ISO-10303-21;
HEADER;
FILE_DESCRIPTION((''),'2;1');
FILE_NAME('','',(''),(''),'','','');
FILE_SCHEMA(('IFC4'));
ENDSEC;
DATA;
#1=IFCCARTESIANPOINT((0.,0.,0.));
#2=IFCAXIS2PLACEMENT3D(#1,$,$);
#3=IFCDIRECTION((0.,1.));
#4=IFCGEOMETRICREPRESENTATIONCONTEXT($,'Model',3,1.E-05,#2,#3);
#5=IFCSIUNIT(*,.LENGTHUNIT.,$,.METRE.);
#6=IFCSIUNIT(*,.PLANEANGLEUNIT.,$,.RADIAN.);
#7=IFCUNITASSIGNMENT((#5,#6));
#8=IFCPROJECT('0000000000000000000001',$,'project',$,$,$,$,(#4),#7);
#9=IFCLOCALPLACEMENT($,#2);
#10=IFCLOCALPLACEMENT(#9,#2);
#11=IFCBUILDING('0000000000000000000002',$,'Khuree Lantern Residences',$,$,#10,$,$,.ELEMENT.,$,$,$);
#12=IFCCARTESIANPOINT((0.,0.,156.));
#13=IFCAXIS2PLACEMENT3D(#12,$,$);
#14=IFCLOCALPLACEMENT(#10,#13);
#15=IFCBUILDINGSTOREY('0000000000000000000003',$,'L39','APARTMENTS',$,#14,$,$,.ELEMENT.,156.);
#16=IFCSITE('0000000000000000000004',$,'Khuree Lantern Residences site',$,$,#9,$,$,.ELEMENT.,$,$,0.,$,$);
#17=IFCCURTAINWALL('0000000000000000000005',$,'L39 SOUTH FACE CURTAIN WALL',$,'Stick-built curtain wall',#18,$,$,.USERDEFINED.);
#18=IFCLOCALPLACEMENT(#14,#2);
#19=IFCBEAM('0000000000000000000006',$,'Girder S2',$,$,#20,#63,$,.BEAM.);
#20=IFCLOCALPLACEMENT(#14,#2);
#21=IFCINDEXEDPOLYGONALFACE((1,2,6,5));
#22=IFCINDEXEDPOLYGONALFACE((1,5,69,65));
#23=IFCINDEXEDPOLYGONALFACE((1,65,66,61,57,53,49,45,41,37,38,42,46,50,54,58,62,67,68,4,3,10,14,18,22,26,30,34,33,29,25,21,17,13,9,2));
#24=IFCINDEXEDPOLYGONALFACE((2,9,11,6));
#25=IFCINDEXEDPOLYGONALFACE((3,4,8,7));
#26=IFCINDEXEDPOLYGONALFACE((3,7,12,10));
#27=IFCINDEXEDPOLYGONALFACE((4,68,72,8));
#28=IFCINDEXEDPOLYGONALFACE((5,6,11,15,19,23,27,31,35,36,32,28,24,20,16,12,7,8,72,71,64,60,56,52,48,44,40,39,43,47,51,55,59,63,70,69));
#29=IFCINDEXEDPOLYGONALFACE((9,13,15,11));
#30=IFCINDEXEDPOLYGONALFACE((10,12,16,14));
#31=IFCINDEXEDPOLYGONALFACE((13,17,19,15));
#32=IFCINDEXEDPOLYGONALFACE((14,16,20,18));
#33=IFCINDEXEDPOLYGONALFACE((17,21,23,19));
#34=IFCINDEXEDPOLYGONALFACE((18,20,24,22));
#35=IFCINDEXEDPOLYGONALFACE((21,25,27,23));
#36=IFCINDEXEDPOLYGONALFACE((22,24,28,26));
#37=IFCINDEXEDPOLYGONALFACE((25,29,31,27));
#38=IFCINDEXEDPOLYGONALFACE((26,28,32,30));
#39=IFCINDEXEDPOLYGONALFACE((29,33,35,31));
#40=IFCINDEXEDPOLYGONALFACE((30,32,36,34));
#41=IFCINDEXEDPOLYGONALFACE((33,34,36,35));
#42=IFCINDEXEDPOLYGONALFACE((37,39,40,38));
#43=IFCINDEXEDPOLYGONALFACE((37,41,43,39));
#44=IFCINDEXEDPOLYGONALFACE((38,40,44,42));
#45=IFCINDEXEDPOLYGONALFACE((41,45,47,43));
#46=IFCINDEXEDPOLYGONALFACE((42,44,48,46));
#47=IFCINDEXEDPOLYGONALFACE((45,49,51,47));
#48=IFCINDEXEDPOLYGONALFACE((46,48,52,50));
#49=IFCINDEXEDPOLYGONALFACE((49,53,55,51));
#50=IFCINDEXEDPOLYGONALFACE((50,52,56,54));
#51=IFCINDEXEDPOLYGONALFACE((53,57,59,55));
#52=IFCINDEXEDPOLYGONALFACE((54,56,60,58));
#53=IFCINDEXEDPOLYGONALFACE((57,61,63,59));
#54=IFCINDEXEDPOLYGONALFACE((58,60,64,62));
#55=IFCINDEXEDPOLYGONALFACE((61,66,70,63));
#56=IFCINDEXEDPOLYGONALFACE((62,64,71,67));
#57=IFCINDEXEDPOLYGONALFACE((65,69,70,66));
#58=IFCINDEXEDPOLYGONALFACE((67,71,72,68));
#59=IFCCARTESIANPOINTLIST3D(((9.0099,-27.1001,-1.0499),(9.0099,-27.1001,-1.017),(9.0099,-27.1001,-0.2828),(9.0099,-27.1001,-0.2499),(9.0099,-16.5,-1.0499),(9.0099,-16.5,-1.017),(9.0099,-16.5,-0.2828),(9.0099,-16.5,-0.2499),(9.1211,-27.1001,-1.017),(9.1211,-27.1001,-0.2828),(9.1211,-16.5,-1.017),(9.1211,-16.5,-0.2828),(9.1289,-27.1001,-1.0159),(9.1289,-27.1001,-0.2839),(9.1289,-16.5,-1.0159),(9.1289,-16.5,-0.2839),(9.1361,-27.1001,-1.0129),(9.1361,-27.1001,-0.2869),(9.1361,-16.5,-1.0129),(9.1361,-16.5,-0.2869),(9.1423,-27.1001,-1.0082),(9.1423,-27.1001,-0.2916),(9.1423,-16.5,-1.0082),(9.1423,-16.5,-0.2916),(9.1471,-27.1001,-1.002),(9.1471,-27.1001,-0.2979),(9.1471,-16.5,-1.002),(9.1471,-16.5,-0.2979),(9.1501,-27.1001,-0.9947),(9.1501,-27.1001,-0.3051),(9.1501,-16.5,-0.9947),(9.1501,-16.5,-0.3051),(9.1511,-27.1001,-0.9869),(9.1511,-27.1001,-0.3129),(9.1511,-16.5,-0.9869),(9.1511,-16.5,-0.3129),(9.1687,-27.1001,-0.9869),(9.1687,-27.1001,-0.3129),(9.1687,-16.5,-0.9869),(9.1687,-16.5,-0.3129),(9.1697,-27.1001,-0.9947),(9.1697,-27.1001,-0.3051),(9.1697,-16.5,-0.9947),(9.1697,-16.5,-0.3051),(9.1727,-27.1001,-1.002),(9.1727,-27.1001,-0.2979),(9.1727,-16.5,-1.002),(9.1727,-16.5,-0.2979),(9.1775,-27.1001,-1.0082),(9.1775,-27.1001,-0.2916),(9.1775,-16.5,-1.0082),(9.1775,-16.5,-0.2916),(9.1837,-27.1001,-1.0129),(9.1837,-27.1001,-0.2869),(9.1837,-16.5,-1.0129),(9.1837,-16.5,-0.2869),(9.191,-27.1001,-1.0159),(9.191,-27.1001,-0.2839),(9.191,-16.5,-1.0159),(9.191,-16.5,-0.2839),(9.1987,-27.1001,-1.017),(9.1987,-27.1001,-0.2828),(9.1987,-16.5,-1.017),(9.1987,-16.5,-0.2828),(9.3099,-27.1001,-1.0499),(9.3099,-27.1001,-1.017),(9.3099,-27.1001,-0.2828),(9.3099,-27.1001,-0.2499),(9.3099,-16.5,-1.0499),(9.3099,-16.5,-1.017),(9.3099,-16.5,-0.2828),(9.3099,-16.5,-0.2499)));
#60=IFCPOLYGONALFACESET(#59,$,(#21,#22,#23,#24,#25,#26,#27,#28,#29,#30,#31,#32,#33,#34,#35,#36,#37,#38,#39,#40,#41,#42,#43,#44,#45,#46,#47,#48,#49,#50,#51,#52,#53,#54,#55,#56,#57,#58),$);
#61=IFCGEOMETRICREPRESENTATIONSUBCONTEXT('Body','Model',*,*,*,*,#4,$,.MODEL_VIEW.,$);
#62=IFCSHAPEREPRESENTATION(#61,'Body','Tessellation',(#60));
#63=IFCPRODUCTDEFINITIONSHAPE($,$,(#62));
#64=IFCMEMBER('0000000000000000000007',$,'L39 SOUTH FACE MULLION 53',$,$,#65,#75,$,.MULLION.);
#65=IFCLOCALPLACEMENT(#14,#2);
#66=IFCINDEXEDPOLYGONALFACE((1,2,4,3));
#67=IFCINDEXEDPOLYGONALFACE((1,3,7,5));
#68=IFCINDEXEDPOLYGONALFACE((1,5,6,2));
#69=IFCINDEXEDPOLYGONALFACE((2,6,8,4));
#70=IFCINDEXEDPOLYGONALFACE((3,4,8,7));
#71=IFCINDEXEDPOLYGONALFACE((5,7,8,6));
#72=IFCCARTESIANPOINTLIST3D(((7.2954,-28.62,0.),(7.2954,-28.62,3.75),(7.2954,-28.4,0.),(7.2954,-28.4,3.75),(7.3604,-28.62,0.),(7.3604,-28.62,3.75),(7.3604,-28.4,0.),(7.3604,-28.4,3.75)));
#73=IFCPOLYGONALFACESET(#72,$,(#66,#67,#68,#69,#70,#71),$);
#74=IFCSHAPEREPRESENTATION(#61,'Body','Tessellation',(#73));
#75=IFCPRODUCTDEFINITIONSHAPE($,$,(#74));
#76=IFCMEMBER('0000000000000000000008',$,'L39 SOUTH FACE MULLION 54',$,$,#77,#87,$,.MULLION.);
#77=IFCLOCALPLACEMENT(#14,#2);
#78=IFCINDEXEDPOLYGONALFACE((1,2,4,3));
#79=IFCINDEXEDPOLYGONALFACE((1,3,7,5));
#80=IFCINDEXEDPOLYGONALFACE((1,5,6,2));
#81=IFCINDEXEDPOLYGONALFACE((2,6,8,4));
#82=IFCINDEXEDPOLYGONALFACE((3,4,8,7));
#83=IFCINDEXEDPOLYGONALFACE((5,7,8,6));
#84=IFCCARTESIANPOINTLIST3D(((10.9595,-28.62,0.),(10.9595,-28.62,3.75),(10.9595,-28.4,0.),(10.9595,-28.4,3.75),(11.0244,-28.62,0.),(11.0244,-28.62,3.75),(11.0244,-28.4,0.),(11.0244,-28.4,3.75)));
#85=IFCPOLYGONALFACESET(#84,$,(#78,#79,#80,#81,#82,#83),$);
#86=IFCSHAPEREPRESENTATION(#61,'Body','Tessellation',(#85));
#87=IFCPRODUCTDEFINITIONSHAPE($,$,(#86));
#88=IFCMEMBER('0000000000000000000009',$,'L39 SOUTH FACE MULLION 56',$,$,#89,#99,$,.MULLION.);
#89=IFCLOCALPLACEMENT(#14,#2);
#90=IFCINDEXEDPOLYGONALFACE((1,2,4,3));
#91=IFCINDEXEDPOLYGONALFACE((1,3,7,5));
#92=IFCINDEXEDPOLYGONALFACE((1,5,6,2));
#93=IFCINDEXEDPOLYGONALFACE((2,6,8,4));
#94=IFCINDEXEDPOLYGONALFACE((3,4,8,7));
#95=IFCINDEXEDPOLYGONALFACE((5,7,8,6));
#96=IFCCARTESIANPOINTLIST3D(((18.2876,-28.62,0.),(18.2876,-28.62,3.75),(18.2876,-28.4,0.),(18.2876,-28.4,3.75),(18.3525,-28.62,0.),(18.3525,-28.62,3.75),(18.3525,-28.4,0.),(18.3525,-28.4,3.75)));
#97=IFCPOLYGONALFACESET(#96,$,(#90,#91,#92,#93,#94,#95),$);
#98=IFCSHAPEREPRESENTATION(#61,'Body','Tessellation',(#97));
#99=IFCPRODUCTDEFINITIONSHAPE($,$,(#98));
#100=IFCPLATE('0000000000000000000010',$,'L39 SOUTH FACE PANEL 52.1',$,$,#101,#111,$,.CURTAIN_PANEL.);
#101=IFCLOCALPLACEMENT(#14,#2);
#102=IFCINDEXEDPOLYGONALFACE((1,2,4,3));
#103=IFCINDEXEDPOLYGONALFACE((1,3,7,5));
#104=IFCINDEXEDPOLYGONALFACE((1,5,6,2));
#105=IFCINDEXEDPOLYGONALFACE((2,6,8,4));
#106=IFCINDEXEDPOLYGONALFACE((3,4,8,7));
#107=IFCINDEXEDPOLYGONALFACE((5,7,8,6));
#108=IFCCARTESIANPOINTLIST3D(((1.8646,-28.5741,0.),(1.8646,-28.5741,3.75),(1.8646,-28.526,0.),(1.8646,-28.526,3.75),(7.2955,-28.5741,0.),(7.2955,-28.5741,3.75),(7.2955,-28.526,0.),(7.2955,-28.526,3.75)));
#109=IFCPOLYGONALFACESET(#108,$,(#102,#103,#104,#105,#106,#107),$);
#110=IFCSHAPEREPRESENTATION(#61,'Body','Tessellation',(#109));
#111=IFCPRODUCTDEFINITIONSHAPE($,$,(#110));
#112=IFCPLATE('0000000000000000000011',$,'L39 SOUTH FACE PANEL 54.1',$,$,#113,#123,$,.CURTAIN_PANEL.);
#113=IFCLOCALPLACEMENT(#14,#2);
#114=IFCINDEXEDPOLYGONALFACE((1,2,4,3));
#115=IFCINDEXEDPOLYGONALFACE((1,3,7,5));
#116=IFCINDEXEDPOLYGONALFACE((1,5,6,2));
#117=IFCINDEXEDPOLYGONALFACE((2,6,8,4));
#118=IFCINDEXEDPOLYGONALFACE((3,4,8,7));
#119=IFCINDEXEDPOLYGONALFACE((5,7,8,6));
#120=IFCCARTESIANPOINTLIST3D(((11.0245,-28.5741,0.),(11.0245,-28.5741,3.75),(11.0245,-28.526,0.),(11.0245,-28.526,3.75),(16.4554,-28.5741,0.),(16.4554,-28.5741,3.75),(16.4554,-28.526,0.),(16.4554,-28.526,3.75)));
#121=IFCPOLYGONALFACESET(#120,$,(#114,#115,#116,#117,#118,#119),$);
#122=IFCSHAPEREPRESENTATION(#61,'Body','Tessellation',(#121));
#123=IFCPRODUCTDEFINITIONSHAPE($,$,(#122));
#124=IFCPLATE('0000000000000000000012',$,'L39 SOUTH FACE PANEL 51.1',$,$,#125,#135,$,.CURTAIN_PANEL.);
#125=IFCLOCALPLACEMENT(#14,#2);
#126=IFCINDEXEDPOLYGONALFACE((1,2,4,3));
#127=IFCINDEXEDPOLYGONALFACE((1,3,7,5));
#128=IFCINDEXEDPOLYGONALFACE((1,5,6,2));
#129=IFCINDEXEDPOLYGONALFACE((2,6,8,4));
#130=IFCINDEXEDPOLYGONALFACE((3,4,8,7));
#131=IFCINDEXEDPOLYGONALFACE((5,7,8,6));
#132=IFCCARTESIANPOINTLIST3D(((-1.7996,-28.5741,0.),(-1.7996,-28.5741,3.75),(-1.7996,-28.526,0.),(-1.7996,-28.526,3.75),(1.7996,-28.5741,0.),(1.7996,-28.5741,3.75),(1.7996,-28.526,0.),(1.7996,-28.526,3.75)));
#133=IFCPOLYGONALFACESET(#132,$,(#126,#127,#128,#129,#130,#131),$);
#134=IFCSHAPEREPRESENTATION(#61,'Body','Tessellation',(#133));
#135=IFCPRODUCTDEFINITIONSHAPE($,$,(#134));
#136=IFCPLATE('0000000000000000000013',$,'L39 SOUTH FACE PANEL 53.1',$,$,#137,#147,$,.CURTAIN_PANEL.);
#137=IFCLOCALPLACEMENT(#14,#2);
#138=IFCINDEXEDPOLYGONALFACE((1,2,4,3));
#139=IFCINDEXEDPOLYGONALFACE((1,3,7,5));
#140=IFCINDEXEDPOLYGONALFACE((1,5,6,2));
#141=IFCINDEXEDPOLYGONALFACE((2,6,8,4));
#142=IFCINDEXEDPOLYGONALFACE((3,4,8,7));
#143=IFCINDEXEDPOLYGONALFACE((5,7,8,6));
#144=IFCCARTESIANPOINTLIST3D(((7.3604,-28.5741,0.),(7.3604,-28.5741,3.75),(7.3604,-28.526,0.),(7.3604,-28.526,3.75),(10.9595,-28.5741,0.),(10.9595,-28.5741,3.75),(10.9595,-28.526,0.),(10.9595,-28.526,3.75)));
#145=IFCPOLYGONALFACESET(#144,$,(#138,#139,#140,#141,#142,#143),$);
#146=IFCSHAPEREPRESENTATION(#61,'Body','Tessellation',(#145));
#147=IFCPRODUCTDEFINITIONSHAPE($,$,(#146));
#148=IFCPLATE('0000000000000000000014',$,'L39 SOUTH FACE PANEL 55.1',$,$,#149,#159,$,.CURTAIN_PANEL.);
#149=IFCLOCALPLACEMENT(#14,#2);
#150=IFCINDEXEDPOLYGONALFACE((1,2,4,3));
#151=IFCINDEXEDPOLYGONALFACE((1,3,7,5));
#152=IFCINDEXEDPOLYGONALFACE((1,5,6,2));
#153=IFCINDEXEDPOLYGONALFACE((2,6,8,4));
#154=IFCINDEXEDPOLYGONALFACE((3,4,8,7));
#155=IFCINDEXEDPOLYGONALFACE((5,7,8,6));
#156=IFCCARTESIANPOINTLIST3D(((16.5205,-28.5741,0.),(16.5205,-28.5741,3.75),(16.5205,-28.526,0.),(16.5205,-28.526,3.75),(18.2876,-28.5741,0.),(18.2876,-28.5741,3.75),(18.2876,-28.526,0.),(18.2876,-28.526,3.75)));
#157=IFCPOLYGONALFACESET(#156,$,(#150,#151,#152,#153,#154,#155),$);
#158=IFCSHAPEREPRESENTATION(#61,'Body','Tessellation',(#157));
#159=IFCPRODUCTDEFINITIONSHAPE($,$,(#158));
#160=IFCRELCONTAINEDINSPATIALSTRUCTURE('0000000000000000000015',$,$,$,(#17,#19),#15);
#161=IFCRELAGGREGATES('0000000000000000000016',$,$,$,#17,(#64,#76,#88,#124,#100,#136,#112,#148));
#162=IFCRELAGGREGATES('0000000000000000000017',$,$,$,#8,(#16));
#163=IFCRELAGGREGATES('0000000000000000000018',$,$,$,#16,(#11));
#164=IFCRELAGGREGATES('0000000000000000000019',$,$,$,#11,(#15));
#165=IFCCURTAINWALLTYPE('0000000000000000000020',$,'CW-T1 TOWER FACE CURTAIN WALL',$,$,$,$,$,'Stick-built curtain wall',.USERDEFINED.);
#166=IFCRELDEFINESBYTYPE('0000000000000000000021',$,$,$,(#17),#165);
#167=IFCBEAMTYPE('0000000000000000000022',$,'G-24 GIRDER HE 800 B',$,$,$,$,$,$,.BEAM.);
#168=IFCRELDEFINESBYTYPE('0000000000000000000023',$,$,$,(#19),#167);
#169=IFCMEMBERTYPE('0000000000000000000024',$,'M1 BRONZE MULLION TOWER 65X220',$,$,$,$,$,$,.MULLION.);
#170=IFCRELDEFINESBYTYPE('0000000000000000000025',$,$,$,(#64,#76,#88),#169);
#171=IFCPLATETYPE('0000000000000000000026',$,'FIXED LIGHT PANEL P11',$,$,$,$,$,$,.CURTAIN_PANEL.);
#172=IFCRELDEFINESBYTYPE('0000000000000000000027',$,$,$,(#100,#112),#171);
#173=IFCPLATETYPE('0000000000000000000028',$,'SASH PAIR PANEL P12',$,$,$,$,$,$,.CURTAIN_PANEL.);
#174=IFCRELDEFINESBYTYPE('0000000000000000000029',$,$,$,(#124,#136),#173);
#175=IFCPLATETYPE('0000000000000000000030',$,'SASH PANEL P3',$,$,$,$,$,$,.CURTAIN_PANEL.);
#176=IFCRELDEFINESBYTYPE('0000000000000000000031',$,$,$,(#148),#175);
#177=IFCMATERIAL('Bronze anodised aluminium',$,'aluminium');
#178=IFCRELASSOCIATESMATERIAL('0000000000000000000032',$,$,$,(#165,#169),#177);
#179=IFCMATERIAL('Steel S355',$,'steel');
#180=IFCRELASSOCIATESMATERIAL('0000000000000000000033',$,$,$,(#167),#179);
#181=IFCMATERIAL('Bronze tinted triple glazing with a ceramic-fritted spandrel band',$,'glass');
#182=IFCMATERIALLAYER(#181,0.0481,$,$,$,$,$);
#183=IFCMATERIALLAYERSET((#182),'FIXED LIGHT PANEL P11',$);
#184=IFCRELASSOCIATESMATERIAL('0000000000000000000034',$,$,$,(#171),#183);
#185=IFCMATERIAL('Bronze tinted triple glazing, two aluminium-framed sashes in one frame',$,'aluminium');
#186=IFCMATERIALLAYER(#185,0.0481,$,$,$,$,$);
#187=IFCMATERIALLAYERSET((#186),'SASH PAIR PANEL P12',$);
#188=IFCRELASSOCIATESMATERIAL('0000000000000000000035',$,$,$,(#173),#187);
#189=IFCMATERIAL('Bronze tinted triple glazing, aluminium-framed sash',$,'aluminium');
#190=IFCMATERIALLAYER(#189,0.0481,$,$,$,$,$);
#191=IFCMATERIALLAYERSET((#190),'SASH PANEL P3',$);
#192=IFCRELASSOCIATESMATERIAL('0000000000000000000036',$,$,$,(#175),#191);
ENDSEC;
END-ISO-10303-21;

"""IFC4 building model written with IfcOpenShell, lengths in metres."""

from ifc_helpers import new_model, si_unit, direction, frame, origin, origin_2d, place, context, subcontext, project, spatial, rectangle, i_section, extrude, material, layer, layer_set, material_profile, profile_set, type_object, element, aggregate, save


model = new_model("IFC4")

# Units and contexts
model_context = context("Model", 3, precision=1e-05, world=origin(), true_north=direction((0.0, 1.0)))
body_context = subcontext(model_context, "Body", "Model", "MODEL_VIEW")
ifc_project = project(units=[si_unit("LENGTHUNIT", "METRE"), si_unit("PLANEANGLEUNIT", "RADIAN")], contexts=[model_context])

# Site, building, storey
site_placement = place(None, origin())
site = spatial("IfcSite", under=ifc_project, at=site_placement, Name="Khuree Lantern Residences site", CompositionType="ELEMENT", RefElevation=0.0)
building_placement = place(site_placement, origin())
building = spatial("IfcBuilding", under=site, at=building_placement, Name="Khuree Lantern Residences", CompositionType="ELEMENT")
storey_placement = place(building_placement, frame((0.0, 0.0, 156.0)))
storey = spatial("IfcBuildingStorey", under=building, at=storey_placement, Name="L39", Description="APARTMENTS", CompositionType="ELEMENT", Elevation=156.0)

# Shared definitions
ifc_material_1 = material(Name="Steel S355", Category="steel")

# Curtain wall
ifc_material_2 = material(Name="Bronze anodised aluminium", Category="aluminium")
curtain_wall_type = type_object("IfcCurtainWallType", Name="CW-T1 TOWER FACE CURTAIN WALL", ElementType="Stick-built curtain wall", PredefinedType="USERDEFINED", material=ifc_material_2)
curtain_wall_placement = place(storey_placement, origin())
curtain_wall = element("IfcCurtainWall", 1, at=curtain_wall_placement, inside=storey, type_object=curtain_wall_type, Name="L39 SOUTH FACE CURTAIN WALL", ObjectType="Stick-built curtain wall", PredefinedType="USERDEFINED")

# Beam
ifc_material_profile_1 = material_profile(ifc_material_1, i_section(OverallWidth=0.3, OverallDepth=0.8, WebThickness=0.0176, FlangeThickness=0.033, FilletRadius=0.03, at=origin_2d()), Name="HE 800 B")
ifc_profile_set_1 = profile_set([ifc_material_profile_1], Name="Steel S355")
beam_type_1 = type_object("IfcBeamType", Name="G-24 GIRDER HE 800 B", PredefinedType="BEAM", material=ifc_profile_set_1)
beam_1_placement = place(storey_placement, frame((9.1599, -27.1001, -0.6499), z_axis=(0.0, 1.0, 0.0), x_axis=(-1.0, 0.0, 0.0)))
element("IfcBeam", 2, at=beam_1_placement, inside=storey, type_object=beam_type_1, Name="Girder S2", PredefinedType="BEAM", context=body_context, shape_type="SweptSolid", body=[
    extrude(i_section(OverallWidth=0.3, OverallDepth=0.8, WebThickness=0.0176, FlangeThickness=0.033, FilletRadius=0.03, at=origin_2d()), origin(), (0.0, 0.0, 1.0), 10.6001),
])

# Members
ifc_material_profile_2 = material_profile(ifc_material_2, rectangle(XDim=0.0649, YDim=0.22, at=origin_2d()), Name="M1 65X220")
ifc_profile_set_2 = profile_set([ifc_material_profile_2], Name="Bronze anodised aluminium")
member_type_1 = type_object("IfcMemberType", Name="M1 BRONZE MULLION TOWER 65X220", PredefinedType="MULLION", material=ifc_profile_set_2)
member_1_placement = place(storey_placement, frame((7.3279, -28.51, 0.0), z_axis=(0.0, 0.0, 1.0), x_axis=(1.0, 0.0, 0.0)))
member_1 = element("IfcMember", 3, at=member_1_placement, type_object=member_type_1, Name="L39 SOUTH FACE MULLION 53", PredefinedType="MULLION", context=body_context, shape_type="SweptSolid", body=[
    extrude(rectangle(XDim=0.0649, YDim=0.22, at=origin_2d()), origin(), (0.0, 0.0, 1.0), 3.75),
])
member_2_placement = place(storey_placement, frame((10.9919, -28.51, 0.0), z_axis=(0.0, 0.0, 1.0), x_axis=(1.0, 0.0, 0.0)))
member_2 = element("IfcMember", 4, at=member_2_placement, type_object=member_type_1, Name="L39 SOUTH FACE MULLION 54", PredefinedType="MULLION", context=body_context, shape_type="SweptSolid", body=[
    extrude(rectangle(XDim=0.0649, YDim=0.22, at=origin_2d()), origin(), (0.0, 0.0, 1.0), 3.75),
])
member_3_placement = place(storey_placement, frame((18.3201, -28.51, 0.0), z_axis=(0.0, 0.0, 1.0), x_axis=(1.0, 0.0, 0.0)))
member_3 = element("IfcMember", 5, at=member_3_placement, type_object=member_type_1, Name="L39 SOUTH FACE MULLION 56", PredefinedType="MULLION", context=body_context, shape_type="SweptSolid", body=[
    extrude(rectangle(XDim=0.0649, YDim=0.22, at=origin_2d()), origin(), (0.0, 0.0, 1.0), 3.75),
])

# Plates
ifc_material_3 = material(Name="Bronze tinted triple glazing with a ceramic-fritted spandrel band", Category="glass")
ifc_layer_1 = layer(ifc_material_3, 0.0481)
ifc_layer_set_1 = layer_set([ifc_layer_1], Name="FIXED LIGHT PANEL P11")
plate_type_1 = type_object("IfcPlateType", Name="FIXED LIGHT PANEL P11", PredefinedType="CURTAIN_PANEL", material=ifc_layer_set_1)
plate_1_placement = place(storey_placement, frame((4.5801, -28.55, 0.0), z_axis=(0.0, 0.0, 1.0), x_axis=(1.0, 0.0, 0.0)))
plate_1 = element("IfcPlate", 6, at=plate_1_placement, type_object=plate_type_1, Name="L39 SOUTH FACE PANEL 52.1", PredefinedType="CURTAIN_PANEL", context=body_context, shape_type="SweptSolid", body=[
    extrude(rectangle(XDim=5.4309, YDim=0.0481, at=origin_2d()), origin(), (0.0, 0.0, 1.0), 3.75),
])
plate_2_placement = place(storey_placement, frame((13.74, -28.55, 0.0), z_axis=(0.0, 0.0, 1.0), x_axis=(1.0, 0.0, 0.0)))
plate_2 = element("IfcPlate", 7, at=plate_2_placement, type_object=plate_type_1, Name="L39 SOUTH FACE PANEL 54.1", PredefinedType="CURTAIN_PANEL", context=body_context, shape_type="SweptSolid", body=[
    extrude(rectangle(XDim=5.4309, YDim=0.0481, at=origin_2d()), origin(), (0.0, 0.0, 1.0), 3.75),
])
ifc_material_4 = material(Name="Bronze tinted triple glazing, two aluminium-framed sashes in one frame", Category="aluminium")
ifc_layer_2 = layer(ifc_material_4, 0.0481)
ifc_layer_set_2 = layer_set([ifc_layer_2], Name="SASH PAIR PANEL P12")
plate_type_2 = type_object("IfcPlateType", Name="SASH PAIR PANEL P12", PredefinedType="CURTAIN_PANEL", material=ifc_layer_set_2)
plate_3_placement = place(storey_placement, frame((0.0, -28.55, 0.0), z_axis=(0.0, 0.0, 1.0), x_axis=(1.0, 0.0, 0.0)))
plate_3 = element("IfcPlate", 8, at=plate_3_placement, type_object=plate_type_2, Name="L39 SOUTH FACE PANEL 51.1", PredefinedType="CURTAIN_PANEL", context=body_context, shape_type="SweptSolid", body=[
    extrude(rectangle(XDim=3.5991, YDim=0.0481, at=origin_2d()), origin(), (0.0, 0.0, 1.0), 3.75),
])
plate_4_placement = place(storey_placement, frame((9.1599, -28.55, 0.0), z_axis=(0.0, 0.0, 1.0), x_axis=(1.0, 0.0, 0.0)))
plate_4 = element("IfcPlate", 9, at=plate_4_placement, type_object=plate_type_2, Name="L39 SOUTH FACE PANEL 53.1", PredefinedType="CURTAIN_PANEL", context=body_context, shape_type="SweptSolid", body=[
    extrude(rectangle(XDim=3.5991, YDim=0.0481, at=origin_2d()), origin(), (0.0, 0.0, 1.0), 3.75),
])
ifc_material_5 = material(Name="Bronze tinted triple glazing, aluminium-framed sash", Category="aluminium")
ifc_layer_3 = layer(ifc_material_5, 0.0481)
ifc_layer_set_3 = layer_set([ifc_layer_3], Name="SASH PANEL P3")
plate_type_3 = type_object("IfcPlateType", Name="SASH PANEL P3", PredefinedType="CURTAIN_PANEL", material=ifc_layer_set_3)
plate_5_placement = place(storey_placement, frame((17.4041, -28.55, 0.0), z_axis=(0.0, 0.0, 1.0), x_axis=(1.0, 0.0, 0.0)))
plate_5 = element("IfcPlate", 10, at=plate_5_placement, type_object=plate_type_3, Name="L39 SOUTH FACE PANEL 55.1", PredefinedType="CURTAIN_PANEL", context=body_context, shape_type="SweptSolid", body=[
    extrude(rectangle(XDim=1.7671, YDim=0.0481, at=origin_2d()), origin(), (0.0, 0.0, 1.0), 3.75),
])
aggregate(curtain_wall, [member_1, member_2, member_3, plate_3, plate_1, plate_4, plate_2, plate_5])

save(model, "model.ifc")
